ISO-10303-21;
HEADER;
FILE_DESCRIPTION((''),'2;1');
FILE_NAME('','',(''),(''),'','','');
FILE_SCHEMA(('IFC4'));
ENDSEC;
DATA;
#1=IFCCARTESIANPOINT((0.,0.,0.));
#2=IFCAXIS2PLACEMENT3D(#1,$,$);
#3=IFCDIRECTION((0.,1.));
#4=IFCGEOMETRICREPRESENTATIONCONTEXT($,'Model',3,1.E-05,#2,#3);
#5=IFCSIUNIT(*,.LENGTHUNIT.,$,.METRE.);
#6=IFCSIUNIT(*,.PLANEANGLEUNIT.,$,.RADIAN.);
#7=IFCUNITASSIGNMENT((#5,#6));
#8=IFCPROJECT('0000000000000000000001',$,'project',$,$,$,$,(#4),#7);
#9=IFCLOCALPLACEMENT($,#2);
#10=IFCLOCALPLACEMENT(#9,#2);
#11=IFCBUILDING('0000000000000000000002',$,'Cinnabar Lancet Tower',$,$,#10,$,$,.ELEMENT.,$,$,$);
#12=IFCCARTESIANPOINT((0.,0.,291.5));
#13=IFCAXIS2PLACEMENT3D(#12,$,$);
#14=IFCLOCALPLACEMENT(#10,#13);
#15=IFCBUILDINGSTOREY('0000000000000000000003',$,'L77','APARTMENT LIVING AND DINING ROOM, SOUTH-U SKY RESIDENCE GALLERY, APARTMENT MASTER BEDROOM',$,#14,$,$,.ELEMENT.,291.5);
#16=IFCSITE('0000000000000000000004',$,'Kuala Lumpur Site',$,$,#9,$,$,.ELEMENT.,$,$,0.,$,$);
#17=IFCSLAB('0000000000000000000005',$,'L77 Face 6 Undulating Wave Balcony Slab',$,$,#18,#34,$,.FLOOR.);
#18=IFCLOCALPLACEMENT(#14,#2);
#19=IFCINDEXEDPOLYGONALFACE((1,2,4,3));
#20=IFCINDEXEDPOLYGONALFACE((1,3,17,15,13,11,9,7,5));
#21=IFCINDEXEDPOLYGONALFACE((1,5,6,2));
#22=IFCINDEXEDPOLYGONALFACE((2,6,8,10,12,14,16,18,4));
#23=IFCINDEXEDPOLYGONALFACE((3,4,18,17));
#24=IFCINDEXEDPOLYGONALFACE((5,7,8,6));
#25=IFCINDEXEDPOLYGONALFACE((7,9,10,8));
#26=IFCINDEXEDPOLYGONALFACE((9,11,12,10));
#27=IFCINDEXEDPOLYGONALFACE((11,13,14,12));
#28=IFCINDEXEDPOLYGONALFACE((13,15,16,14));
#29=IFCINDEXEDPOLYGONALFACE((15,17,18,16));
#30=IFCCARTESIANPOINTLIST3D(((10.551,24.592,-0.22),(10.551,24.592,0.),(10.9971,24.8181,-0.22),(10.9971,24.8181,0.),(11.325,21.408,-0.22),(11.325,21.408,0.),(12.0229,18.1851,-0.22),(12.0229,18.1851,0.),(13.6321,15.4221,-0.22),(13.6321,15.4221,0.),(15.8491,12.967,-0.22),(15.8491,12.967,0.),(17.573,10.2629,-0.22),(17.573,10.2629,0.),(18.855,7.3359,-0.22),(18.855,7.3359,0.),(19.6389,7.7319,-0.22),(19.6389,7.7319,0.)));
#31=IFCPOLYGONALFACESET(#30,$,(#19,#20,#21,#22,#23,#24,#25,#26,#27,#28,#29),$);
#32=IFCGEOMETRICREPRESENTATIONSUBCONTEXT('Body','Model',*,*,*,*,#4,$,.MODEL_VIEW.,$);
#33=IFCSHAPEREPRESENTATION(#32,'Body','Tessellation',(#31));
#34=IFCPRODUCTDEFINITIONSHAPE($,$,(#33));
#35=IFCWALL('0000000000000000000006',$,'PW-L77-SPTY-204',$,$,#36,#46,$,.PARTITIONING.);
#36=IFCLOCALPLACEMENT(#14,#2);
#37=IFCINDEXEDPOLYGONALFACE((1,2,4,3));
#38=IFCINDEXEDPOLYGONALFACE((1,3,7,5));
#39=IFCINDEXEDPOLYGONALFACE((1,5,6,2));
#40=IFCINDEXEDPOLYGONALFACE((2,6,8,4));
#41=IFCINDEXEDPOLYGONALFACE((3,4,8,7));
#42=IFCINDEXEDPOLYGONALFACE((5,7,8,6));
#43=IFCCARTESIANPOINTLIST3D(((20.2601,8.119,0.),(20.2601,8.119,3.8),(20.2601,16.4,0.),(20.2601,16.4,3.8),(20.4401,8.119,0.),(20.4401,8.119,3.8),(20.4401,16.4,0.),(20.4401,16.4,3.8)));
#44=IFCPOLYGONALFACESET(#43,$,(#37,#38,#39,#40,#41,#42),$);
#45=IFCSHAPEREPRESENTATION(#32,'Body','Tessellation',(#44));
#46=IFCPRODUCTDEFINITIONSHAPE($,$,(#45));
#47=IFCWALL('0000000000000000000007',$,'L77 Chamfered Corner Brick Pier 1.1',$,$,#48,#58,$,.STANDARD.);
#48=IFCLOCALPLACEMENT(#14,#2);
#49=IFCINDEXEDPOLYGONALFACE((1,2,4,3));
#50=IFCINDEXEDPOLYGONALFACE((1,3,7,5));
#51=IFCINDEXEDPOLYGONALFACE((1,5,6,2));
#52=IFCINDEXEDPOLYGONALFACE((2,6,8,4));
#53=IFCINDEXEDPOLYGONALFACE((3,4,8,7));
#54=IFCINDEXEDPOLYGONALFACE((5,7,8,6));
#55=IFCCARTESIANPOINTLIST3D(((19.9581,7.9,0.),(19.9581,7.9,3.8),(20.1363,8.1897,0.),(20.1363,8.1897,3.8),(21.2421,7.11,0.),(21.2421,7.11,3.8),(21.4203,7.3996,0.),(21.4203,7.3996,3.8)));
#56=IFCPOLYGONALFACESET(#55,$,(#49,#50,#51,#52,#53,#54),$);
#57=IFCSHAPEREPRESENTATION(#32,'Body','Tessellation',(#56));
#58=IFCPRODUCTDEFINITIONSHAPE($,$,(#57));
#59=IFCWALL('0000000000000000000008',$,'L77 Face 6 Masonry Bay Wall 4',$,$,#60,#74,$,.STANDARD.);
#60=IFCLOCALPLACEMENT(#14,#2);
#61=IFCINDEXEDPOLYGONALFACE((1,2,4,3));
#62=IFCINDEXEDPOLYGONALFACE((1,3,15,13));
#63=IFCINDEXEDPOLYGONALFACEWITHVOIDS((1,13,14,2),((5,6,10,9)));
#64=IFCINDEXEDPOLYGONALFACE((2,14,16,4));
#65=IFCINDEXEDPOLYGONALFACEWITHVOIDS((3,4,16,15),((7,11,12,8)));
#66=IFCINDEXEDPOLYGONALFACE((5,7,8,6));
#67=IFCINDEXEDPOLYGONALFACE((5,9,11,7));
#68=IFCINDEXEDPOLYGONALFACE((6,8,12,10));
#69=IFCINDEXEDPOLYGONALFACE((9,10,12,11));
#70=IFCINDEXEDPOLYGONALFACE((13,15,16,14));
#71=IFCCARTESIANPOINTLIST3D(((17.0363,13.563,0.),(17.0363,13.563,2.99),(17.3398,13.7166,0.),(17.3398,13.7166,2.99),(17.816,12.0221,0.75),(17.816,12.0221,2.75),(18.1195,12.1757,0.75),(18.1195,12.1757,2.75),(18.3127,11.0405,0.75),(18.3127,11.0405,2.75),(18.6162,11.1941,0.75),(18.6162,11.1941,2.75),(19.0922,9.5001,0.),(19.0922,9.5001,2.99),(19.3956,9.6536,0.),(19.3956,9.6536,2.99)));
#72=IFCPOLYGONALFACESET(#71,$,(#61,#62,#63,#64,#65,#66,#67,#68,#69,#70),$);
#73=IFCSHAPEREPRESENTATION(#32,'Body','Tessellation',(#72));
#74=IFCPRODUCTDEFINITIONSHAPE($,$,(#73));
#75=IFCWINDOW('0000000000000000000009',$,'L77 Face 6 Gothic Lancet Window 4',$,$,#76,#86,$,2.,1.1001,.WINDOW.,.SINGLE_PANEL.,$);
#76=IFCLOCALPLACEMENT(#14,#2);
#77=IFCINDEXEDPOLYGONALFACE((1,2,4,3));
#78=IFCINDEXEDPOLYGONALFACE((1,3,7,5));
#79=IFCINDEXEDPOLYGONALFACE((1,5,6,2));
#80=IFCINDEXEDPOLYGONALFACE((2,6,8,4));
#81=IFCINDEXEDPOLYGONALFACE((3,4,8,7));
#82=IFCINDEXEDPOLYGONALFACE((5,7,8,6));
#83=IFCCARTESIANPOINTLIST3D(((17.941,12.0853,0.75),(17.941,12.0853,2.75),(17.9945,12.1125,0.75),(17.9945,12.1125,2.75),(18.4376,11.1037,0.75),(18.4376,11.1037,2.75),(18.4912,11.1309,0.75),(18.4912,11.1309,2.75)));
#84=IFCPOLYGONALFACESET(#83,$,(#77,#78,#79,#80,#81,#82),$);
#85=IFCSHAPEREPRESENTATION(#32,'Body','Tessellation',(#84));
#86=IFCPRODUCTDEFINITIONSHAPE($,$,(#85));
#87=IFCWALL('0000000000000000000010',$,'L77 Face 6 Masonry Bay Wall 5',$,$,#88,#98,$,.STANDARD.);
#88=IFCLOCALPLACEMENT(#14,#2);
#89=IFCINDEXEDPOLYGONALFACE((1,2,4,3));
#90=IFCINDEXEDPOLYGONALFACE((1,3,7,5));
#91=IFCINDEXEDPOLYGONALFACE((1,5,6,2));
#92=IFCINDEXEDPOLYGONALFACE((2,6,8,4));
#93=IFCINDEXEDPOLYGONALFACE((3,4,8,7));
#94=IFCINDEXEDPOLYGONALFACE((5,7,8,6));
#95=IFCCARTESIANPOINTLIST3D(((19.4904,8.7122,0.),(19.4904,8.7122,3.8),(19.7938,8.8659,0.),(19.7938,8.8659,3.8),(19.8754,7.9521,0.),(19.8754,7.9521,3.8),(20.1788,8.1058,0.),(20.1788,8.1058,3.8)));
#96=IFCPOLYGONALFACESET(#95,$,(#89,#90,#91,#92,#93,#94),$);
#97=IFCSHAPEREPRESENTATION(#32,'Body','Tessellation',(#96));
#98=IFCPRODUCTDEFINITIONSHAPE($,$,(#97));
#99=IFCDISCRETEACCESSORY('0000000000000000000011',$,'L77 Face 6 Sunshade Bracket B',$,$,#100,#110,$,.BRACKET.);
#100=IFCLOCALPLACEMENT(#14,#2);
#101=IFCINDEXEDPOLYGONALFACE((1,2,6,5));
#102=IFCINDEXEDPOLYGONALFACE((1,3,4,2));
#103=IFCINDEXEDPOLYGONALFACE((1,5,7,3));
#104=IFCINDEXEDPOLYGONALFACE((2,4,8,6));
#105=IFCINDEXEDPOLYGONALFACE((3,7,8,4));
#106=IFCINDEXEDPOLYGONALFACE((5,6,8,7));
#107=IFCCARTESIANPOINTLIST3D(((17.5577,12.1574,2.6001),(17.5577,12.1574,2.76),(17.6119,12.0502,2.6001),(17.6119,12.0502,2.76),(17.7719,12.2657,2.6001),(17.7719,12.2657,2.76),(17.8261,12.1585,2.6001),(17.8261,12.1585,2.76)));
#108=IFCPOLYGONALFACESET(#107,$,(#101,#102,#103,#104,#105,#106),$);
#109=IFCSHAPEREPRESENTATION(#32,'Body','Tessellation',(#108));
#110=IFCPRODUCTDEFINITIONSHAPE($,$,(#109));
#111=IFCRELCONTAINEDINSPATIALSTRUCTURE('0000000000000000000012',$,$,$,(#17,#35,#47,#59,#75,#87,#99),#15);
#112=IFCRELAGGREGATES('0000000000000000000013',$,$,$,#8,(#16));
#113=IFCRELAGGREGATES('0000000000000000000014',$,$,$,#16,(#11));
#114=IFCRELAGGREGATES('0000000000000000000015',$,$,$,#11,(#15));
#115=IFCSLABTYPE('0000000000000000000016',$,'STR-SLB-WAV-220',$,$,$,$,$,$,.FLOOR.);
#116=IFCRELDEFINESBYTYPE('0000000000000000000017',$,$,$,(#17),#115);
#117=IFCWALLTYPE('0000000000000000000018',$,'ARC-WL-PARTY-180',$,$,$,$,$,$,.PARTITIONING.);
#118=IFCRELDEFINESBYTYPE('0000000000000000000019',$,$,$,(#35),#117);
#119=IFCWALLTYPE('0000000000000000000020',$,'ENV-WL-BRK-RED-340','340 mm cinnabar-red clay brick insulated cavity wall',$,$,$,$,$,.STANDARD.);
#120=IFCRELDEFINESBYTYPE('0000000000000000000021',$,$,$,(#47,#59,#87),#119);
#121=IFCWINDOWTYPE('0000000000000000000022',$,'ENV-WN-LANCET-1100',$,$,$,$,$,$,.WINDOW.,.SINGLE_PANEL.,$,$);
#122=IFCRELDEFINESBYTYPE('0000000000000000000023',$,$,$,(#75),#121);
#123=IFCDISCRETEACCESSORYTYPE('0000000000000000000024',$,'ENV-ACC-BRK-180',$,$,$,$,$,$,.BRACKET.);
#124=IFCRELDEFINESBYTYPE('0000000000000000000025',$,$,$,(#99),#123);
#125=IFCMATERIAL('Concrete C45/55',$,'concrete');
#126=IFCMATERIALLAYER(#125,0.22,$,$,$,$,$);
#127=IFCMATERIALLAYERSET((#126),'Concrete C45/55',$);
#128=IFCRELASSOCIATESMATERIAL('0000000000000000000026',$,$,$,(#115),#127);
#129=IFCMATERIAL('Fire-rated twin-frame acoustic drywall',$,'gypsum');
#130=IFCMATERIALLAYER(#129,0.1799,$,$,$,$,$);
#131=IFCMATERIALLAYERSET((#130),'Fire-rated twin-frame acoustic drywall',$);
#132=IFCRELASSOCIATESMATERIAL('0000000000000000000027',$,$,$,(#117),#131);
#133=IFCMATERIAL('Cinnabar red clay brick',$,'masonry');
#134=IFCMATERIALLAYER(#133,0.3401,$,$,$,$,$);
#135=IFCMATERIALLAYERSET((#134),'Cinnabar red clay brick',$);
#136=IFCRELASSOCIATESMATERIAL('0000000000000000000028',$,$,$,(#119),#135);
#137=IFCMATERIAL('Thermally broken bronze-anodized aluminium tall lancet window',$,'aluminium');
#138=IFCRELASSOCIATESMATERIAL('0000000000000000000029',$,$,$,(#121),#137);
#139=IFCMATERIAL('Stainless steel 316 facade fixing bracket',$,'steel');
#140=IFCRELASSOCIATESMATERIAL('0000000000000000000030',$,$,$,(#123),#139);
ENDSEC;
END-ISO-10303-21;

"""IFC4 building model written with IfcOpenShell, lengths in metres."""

from ifc_helpers import new_model, si_unit, direction, frame, frame_2d, origin, origin_2d, place, context, subcontext, project, spatial, polyline, rectangle, outline, extrude, material, layer, layer_set, type_object, element, fill, save


model = new_model("IFC4")

# Units and contexts
model_context = context("Model", 3, precision=1e-05, world=origin(), true_north=direction((0.0, 1.0)))
body_context = subcontext(model_context, "Body", "Model", "MODEL_VIEW")
ifc_project = project(units=[si_unit("LENGTHUNIT", "METRE"), si_unit("PLANEANGLEUNIT", "RADIAN")], contexts=[model_context])

# Site, building, storey
site_placement = place(None, origin())
site = spatial("IfcSite", under=ifc_project, at=site_placement, Name="Kuala Lumpur Site", CompositionType="ELEMENT", RefElevation=0.0)
building_placement = place(site_placement, origin())
building = spatial("IfcBuilding", under=site, at=building_placement, Name="Cinnabar Lancet Tower", CompositionType="ELEMENT")
storey_placement = place(building_placement, frame((0.0, 0.0, 291.5)))
storey = spatial("IfcBuildingStorey", under=building, at=storey_placement, Name="L77", Description="APARTMENT LIVING AND DINING ROOM, SOUTH-U SKY RESIDENCE GALLERY, APARTMENT MASTER BEDROOM", CompositionType="ELEMENT", Elevation=291.5)

# Slab
ifc_material_1 = material(Name="Concrete C45/55", Category="concrete")
ifc_layer_1 = layer(ifc_material_1, 0.22)
ifc_layer_set_1 = layer_set([ifc_layer_1], Name="Concrete C45/55")
slab_type_1 = type_object("IfcSlabType", Name="STR-SLB-WAV-220", PredefinedType="FLOOR", material=ifc_layer_set_1)
slab_1_placement = place(storey_placement, frame((0.0, 0.0, -0.22)))
element("IfcSlab", 1, at=slab_1_placement, inside=storey, type_object=slab_type_1, Name="L77 Face 6 Undulating Wave Balcony Slab", PredefinedType="FLOOR", context=body_context, shape_type="SweptSolid", body=[
    extrude(outline(polyline([(10.9971, 24.8181), (10.551, 24.592), (11.325, 21.408), (12.0229, 18.1851), (13.6321, 15.4221), (15.8491, 12.967), (17.573, 10.2629), (18.855, 7.3359), (19.6389, 7.7319), (10.9971, 24.8181)])), origin(), (0.0, 0.0, 1.0), 0.22),
])

# Walls
ifc_material_2 = material(Name="Fire-rated twin-frame acoustic drywall", Category="gypsum")
ifc_layer_2 = layer(ifc_material_2, 0.1799)
ifc_layer_set_2 = layer_set([ifc_layer_2], Name="Fire-rated twin-frame acoustic drywall")
wall_type_1 = type_object("IfcWallType", Name="ARC-WL-PARTY-180", PredefinedType="PARTITIONING", material=ifc_layer_set_2)
wall_1_placement = place(storey_placement, frame((20.3501, 8.1189, 0.0), z_axis=(0.0, 0.0, 1.0), x_axis=(0.0, 1.0, 0.0)))
element("IfcWall", 2, at=wall_1_placement, inside=storey, type_object=wall_type_1, Name="PW-L77-SPTY-204", PredefinedType="PARTITIONING", context=body_context, shape_type="SweptSolid", body=[
    extrude(rectangle(XDim=8.281, YDim=0.1799, at=frame_2d((4.1406, 0.0))), origin(), (0.0, 0.0, 1.0), 3.8),
])
ifc_material_3 = material(Name="Cinnabar red clay brick", Category="masonry")
ifc_layer_3 = layer(ifc_material_3, 0.3401)
ifc_layer_set_3 = layer_set([ifc_layer_3], Name="Cinnabar red clay brick")
wall_type_2 = type_object("IfcWallType", Name="ENV-WL-BRK-RED-340", Description="340 mm cinnabar-red clay brick insulated cavity wall", PredefinedType="STANDARD", material=ifc_layer_set_3)
wall_2_placement = place(storey_placement, frame((20.0471, 8.0449, 0.0), z_axis=(0.0, 0.0, 1.0), x_axis=(0.851681, -0.524061, 0.0)))
element("IfcWall", 3, at=wall_2_placement, inside=storey, type_object=wall_type_2, Name="L77 Chamfered Corner Brick Pier 1.1", PredefinedType="STANDARD", context=body_context, shape_type="SweptSolid", body=[
    extrude(rectangle(XDim=1.5076, YDim=0.3401, at=frame_2d((0.7539, 0.0))), origin(), (0.0, 0.0, 1.0), 3.8),
])

# Wall, opening, window
wall_3_placement = place(storey_placement, frame((17.188, 13.6399, 0.0), z_axis=(0.0, 0.0, 1.0), x_axis=(0.451498, -0.892272, 0.0)))
wall_3 = element("IfcWall", 4, at=wall_3_placement, inside=storey, type_object=wall_type_2, Name="L77 Face 6 Masonry Bay Wall 4", PredefinedType="STANDARD", context=body_context, shape_type="SweptSolid", body=[
    extrude(rectangle(XDim=4.5535, YDim=0.3401, at=frame_2d((2.2769, 0.0))), origin(), (0.0, 0.0, 1.0), 2.99),
])
opening_placement = place(wall_3_placement, frame((1.7271, 0.0, 0.75)))
opening = element("IfcOpeningElement", 5, at=opening_placement, cuts=wall_3, PredefinedType="OPENING", context=body_context, shape_type="SweptSolid", body=[
    extrude(rectangle(XDim=1.1001, YDim=2.0, at=frame_2d((0.55, 1.0))), frame((0.0, 0.1799, 0.0), z_axis=(0.0, -1.0, 0.0), x_axis=(1.0, 0.0, 0.0)), (0.0, 0.0, 1.0), 0.3601),
])
ifc_material_4 = material(Name="Thermally broken bronze-anodized aluminium tall lancet window", Category="aluminium")
window_type = type_object("IfcWindowType", Name="ENV-WN-LANCET-1100", PartitioningType="SINGLE_PANEL", PredefinedType="WINDOW", material=ifc_material_4)
window_placement = place(opening_placement, origin())
window = element("IfcWindow", 6, at=window_placement, inside=storey, type_object=window_type, Name="L77 Face 6 Gothic Lancet Window 4", OverallHeight=2.0, OverallWidth=1.1001, PartitioningType="SINGLE_PANEL", PredefinedType="WINDOW", context=body_context, shape_type="SweptSolid", body=[
    extrude(rectangle(XDim=1.1001, YDim=2.0, at=frame_2d((0.55, 1.0))), frame((0.0, 0.03, 0.0), z_axis=(0.0, -1.0, 0.0), x_axis=(1.0, 0.0, 0.0)), (0.0, 0.0, 1.0), 0.0601),
])
fill(opening, window)

# Wall
wall_4_placement = place(storey_placement, frame((19.6421, 8.7891, 0.0), z_axis=(0.0, 0.0, 1.0), x_axis=(0.451907, -0.892065, 0.0)))
element("IfcWall", 7, at=wall_4_placement, inside=storey, type_object=wall_type_2, Name="L77 Face 6 Masonry Bay Wall 5", PredefinedType="STANDARD", context=body_context, shape_type="SweptSolid", body=[
    extrude(rectangle(XDim=0.8521, YDim=0.3401, at=frame_2d((0.426, 0.0))), origin(), (0.0, 0.0, 1.0), 3.8),
])

# Discrete accessory
ifc_material_5 = material(Name="Stainless steel 316 facade fixing bracket", Category="steel")
discrete_accessory_type = type_object("IfcDiscreteAccessoryType", Name="ENV-ACC-BRK-180", PredefinedType="BRACKET", material=ifc_material_5)
discrete_accessory_placement = place(storey_placement, frame((17.6919, 12.158, 2.6001), z_axis=(0.0, 0.0, 1.0), x_axis=(0.451376, -0.892334, 0.0)))
element("IfcDiscreteAccessory", 8, at=discrete_accessory_placement, inside=storey, type_object=discrete_accessory_type, Name="L77 Face 6 Sunshade Bracket B", PredefinedType="BRACKET", context=body_context, shape_type="SweptSolid", body=[
    extrude(rectangle(XDim=0.1201, YDim=0.24, at=origin_2d()), origin(), (0.0, 0.0, 1.0), 0.1599),
])

save(model, "model.ifc")
